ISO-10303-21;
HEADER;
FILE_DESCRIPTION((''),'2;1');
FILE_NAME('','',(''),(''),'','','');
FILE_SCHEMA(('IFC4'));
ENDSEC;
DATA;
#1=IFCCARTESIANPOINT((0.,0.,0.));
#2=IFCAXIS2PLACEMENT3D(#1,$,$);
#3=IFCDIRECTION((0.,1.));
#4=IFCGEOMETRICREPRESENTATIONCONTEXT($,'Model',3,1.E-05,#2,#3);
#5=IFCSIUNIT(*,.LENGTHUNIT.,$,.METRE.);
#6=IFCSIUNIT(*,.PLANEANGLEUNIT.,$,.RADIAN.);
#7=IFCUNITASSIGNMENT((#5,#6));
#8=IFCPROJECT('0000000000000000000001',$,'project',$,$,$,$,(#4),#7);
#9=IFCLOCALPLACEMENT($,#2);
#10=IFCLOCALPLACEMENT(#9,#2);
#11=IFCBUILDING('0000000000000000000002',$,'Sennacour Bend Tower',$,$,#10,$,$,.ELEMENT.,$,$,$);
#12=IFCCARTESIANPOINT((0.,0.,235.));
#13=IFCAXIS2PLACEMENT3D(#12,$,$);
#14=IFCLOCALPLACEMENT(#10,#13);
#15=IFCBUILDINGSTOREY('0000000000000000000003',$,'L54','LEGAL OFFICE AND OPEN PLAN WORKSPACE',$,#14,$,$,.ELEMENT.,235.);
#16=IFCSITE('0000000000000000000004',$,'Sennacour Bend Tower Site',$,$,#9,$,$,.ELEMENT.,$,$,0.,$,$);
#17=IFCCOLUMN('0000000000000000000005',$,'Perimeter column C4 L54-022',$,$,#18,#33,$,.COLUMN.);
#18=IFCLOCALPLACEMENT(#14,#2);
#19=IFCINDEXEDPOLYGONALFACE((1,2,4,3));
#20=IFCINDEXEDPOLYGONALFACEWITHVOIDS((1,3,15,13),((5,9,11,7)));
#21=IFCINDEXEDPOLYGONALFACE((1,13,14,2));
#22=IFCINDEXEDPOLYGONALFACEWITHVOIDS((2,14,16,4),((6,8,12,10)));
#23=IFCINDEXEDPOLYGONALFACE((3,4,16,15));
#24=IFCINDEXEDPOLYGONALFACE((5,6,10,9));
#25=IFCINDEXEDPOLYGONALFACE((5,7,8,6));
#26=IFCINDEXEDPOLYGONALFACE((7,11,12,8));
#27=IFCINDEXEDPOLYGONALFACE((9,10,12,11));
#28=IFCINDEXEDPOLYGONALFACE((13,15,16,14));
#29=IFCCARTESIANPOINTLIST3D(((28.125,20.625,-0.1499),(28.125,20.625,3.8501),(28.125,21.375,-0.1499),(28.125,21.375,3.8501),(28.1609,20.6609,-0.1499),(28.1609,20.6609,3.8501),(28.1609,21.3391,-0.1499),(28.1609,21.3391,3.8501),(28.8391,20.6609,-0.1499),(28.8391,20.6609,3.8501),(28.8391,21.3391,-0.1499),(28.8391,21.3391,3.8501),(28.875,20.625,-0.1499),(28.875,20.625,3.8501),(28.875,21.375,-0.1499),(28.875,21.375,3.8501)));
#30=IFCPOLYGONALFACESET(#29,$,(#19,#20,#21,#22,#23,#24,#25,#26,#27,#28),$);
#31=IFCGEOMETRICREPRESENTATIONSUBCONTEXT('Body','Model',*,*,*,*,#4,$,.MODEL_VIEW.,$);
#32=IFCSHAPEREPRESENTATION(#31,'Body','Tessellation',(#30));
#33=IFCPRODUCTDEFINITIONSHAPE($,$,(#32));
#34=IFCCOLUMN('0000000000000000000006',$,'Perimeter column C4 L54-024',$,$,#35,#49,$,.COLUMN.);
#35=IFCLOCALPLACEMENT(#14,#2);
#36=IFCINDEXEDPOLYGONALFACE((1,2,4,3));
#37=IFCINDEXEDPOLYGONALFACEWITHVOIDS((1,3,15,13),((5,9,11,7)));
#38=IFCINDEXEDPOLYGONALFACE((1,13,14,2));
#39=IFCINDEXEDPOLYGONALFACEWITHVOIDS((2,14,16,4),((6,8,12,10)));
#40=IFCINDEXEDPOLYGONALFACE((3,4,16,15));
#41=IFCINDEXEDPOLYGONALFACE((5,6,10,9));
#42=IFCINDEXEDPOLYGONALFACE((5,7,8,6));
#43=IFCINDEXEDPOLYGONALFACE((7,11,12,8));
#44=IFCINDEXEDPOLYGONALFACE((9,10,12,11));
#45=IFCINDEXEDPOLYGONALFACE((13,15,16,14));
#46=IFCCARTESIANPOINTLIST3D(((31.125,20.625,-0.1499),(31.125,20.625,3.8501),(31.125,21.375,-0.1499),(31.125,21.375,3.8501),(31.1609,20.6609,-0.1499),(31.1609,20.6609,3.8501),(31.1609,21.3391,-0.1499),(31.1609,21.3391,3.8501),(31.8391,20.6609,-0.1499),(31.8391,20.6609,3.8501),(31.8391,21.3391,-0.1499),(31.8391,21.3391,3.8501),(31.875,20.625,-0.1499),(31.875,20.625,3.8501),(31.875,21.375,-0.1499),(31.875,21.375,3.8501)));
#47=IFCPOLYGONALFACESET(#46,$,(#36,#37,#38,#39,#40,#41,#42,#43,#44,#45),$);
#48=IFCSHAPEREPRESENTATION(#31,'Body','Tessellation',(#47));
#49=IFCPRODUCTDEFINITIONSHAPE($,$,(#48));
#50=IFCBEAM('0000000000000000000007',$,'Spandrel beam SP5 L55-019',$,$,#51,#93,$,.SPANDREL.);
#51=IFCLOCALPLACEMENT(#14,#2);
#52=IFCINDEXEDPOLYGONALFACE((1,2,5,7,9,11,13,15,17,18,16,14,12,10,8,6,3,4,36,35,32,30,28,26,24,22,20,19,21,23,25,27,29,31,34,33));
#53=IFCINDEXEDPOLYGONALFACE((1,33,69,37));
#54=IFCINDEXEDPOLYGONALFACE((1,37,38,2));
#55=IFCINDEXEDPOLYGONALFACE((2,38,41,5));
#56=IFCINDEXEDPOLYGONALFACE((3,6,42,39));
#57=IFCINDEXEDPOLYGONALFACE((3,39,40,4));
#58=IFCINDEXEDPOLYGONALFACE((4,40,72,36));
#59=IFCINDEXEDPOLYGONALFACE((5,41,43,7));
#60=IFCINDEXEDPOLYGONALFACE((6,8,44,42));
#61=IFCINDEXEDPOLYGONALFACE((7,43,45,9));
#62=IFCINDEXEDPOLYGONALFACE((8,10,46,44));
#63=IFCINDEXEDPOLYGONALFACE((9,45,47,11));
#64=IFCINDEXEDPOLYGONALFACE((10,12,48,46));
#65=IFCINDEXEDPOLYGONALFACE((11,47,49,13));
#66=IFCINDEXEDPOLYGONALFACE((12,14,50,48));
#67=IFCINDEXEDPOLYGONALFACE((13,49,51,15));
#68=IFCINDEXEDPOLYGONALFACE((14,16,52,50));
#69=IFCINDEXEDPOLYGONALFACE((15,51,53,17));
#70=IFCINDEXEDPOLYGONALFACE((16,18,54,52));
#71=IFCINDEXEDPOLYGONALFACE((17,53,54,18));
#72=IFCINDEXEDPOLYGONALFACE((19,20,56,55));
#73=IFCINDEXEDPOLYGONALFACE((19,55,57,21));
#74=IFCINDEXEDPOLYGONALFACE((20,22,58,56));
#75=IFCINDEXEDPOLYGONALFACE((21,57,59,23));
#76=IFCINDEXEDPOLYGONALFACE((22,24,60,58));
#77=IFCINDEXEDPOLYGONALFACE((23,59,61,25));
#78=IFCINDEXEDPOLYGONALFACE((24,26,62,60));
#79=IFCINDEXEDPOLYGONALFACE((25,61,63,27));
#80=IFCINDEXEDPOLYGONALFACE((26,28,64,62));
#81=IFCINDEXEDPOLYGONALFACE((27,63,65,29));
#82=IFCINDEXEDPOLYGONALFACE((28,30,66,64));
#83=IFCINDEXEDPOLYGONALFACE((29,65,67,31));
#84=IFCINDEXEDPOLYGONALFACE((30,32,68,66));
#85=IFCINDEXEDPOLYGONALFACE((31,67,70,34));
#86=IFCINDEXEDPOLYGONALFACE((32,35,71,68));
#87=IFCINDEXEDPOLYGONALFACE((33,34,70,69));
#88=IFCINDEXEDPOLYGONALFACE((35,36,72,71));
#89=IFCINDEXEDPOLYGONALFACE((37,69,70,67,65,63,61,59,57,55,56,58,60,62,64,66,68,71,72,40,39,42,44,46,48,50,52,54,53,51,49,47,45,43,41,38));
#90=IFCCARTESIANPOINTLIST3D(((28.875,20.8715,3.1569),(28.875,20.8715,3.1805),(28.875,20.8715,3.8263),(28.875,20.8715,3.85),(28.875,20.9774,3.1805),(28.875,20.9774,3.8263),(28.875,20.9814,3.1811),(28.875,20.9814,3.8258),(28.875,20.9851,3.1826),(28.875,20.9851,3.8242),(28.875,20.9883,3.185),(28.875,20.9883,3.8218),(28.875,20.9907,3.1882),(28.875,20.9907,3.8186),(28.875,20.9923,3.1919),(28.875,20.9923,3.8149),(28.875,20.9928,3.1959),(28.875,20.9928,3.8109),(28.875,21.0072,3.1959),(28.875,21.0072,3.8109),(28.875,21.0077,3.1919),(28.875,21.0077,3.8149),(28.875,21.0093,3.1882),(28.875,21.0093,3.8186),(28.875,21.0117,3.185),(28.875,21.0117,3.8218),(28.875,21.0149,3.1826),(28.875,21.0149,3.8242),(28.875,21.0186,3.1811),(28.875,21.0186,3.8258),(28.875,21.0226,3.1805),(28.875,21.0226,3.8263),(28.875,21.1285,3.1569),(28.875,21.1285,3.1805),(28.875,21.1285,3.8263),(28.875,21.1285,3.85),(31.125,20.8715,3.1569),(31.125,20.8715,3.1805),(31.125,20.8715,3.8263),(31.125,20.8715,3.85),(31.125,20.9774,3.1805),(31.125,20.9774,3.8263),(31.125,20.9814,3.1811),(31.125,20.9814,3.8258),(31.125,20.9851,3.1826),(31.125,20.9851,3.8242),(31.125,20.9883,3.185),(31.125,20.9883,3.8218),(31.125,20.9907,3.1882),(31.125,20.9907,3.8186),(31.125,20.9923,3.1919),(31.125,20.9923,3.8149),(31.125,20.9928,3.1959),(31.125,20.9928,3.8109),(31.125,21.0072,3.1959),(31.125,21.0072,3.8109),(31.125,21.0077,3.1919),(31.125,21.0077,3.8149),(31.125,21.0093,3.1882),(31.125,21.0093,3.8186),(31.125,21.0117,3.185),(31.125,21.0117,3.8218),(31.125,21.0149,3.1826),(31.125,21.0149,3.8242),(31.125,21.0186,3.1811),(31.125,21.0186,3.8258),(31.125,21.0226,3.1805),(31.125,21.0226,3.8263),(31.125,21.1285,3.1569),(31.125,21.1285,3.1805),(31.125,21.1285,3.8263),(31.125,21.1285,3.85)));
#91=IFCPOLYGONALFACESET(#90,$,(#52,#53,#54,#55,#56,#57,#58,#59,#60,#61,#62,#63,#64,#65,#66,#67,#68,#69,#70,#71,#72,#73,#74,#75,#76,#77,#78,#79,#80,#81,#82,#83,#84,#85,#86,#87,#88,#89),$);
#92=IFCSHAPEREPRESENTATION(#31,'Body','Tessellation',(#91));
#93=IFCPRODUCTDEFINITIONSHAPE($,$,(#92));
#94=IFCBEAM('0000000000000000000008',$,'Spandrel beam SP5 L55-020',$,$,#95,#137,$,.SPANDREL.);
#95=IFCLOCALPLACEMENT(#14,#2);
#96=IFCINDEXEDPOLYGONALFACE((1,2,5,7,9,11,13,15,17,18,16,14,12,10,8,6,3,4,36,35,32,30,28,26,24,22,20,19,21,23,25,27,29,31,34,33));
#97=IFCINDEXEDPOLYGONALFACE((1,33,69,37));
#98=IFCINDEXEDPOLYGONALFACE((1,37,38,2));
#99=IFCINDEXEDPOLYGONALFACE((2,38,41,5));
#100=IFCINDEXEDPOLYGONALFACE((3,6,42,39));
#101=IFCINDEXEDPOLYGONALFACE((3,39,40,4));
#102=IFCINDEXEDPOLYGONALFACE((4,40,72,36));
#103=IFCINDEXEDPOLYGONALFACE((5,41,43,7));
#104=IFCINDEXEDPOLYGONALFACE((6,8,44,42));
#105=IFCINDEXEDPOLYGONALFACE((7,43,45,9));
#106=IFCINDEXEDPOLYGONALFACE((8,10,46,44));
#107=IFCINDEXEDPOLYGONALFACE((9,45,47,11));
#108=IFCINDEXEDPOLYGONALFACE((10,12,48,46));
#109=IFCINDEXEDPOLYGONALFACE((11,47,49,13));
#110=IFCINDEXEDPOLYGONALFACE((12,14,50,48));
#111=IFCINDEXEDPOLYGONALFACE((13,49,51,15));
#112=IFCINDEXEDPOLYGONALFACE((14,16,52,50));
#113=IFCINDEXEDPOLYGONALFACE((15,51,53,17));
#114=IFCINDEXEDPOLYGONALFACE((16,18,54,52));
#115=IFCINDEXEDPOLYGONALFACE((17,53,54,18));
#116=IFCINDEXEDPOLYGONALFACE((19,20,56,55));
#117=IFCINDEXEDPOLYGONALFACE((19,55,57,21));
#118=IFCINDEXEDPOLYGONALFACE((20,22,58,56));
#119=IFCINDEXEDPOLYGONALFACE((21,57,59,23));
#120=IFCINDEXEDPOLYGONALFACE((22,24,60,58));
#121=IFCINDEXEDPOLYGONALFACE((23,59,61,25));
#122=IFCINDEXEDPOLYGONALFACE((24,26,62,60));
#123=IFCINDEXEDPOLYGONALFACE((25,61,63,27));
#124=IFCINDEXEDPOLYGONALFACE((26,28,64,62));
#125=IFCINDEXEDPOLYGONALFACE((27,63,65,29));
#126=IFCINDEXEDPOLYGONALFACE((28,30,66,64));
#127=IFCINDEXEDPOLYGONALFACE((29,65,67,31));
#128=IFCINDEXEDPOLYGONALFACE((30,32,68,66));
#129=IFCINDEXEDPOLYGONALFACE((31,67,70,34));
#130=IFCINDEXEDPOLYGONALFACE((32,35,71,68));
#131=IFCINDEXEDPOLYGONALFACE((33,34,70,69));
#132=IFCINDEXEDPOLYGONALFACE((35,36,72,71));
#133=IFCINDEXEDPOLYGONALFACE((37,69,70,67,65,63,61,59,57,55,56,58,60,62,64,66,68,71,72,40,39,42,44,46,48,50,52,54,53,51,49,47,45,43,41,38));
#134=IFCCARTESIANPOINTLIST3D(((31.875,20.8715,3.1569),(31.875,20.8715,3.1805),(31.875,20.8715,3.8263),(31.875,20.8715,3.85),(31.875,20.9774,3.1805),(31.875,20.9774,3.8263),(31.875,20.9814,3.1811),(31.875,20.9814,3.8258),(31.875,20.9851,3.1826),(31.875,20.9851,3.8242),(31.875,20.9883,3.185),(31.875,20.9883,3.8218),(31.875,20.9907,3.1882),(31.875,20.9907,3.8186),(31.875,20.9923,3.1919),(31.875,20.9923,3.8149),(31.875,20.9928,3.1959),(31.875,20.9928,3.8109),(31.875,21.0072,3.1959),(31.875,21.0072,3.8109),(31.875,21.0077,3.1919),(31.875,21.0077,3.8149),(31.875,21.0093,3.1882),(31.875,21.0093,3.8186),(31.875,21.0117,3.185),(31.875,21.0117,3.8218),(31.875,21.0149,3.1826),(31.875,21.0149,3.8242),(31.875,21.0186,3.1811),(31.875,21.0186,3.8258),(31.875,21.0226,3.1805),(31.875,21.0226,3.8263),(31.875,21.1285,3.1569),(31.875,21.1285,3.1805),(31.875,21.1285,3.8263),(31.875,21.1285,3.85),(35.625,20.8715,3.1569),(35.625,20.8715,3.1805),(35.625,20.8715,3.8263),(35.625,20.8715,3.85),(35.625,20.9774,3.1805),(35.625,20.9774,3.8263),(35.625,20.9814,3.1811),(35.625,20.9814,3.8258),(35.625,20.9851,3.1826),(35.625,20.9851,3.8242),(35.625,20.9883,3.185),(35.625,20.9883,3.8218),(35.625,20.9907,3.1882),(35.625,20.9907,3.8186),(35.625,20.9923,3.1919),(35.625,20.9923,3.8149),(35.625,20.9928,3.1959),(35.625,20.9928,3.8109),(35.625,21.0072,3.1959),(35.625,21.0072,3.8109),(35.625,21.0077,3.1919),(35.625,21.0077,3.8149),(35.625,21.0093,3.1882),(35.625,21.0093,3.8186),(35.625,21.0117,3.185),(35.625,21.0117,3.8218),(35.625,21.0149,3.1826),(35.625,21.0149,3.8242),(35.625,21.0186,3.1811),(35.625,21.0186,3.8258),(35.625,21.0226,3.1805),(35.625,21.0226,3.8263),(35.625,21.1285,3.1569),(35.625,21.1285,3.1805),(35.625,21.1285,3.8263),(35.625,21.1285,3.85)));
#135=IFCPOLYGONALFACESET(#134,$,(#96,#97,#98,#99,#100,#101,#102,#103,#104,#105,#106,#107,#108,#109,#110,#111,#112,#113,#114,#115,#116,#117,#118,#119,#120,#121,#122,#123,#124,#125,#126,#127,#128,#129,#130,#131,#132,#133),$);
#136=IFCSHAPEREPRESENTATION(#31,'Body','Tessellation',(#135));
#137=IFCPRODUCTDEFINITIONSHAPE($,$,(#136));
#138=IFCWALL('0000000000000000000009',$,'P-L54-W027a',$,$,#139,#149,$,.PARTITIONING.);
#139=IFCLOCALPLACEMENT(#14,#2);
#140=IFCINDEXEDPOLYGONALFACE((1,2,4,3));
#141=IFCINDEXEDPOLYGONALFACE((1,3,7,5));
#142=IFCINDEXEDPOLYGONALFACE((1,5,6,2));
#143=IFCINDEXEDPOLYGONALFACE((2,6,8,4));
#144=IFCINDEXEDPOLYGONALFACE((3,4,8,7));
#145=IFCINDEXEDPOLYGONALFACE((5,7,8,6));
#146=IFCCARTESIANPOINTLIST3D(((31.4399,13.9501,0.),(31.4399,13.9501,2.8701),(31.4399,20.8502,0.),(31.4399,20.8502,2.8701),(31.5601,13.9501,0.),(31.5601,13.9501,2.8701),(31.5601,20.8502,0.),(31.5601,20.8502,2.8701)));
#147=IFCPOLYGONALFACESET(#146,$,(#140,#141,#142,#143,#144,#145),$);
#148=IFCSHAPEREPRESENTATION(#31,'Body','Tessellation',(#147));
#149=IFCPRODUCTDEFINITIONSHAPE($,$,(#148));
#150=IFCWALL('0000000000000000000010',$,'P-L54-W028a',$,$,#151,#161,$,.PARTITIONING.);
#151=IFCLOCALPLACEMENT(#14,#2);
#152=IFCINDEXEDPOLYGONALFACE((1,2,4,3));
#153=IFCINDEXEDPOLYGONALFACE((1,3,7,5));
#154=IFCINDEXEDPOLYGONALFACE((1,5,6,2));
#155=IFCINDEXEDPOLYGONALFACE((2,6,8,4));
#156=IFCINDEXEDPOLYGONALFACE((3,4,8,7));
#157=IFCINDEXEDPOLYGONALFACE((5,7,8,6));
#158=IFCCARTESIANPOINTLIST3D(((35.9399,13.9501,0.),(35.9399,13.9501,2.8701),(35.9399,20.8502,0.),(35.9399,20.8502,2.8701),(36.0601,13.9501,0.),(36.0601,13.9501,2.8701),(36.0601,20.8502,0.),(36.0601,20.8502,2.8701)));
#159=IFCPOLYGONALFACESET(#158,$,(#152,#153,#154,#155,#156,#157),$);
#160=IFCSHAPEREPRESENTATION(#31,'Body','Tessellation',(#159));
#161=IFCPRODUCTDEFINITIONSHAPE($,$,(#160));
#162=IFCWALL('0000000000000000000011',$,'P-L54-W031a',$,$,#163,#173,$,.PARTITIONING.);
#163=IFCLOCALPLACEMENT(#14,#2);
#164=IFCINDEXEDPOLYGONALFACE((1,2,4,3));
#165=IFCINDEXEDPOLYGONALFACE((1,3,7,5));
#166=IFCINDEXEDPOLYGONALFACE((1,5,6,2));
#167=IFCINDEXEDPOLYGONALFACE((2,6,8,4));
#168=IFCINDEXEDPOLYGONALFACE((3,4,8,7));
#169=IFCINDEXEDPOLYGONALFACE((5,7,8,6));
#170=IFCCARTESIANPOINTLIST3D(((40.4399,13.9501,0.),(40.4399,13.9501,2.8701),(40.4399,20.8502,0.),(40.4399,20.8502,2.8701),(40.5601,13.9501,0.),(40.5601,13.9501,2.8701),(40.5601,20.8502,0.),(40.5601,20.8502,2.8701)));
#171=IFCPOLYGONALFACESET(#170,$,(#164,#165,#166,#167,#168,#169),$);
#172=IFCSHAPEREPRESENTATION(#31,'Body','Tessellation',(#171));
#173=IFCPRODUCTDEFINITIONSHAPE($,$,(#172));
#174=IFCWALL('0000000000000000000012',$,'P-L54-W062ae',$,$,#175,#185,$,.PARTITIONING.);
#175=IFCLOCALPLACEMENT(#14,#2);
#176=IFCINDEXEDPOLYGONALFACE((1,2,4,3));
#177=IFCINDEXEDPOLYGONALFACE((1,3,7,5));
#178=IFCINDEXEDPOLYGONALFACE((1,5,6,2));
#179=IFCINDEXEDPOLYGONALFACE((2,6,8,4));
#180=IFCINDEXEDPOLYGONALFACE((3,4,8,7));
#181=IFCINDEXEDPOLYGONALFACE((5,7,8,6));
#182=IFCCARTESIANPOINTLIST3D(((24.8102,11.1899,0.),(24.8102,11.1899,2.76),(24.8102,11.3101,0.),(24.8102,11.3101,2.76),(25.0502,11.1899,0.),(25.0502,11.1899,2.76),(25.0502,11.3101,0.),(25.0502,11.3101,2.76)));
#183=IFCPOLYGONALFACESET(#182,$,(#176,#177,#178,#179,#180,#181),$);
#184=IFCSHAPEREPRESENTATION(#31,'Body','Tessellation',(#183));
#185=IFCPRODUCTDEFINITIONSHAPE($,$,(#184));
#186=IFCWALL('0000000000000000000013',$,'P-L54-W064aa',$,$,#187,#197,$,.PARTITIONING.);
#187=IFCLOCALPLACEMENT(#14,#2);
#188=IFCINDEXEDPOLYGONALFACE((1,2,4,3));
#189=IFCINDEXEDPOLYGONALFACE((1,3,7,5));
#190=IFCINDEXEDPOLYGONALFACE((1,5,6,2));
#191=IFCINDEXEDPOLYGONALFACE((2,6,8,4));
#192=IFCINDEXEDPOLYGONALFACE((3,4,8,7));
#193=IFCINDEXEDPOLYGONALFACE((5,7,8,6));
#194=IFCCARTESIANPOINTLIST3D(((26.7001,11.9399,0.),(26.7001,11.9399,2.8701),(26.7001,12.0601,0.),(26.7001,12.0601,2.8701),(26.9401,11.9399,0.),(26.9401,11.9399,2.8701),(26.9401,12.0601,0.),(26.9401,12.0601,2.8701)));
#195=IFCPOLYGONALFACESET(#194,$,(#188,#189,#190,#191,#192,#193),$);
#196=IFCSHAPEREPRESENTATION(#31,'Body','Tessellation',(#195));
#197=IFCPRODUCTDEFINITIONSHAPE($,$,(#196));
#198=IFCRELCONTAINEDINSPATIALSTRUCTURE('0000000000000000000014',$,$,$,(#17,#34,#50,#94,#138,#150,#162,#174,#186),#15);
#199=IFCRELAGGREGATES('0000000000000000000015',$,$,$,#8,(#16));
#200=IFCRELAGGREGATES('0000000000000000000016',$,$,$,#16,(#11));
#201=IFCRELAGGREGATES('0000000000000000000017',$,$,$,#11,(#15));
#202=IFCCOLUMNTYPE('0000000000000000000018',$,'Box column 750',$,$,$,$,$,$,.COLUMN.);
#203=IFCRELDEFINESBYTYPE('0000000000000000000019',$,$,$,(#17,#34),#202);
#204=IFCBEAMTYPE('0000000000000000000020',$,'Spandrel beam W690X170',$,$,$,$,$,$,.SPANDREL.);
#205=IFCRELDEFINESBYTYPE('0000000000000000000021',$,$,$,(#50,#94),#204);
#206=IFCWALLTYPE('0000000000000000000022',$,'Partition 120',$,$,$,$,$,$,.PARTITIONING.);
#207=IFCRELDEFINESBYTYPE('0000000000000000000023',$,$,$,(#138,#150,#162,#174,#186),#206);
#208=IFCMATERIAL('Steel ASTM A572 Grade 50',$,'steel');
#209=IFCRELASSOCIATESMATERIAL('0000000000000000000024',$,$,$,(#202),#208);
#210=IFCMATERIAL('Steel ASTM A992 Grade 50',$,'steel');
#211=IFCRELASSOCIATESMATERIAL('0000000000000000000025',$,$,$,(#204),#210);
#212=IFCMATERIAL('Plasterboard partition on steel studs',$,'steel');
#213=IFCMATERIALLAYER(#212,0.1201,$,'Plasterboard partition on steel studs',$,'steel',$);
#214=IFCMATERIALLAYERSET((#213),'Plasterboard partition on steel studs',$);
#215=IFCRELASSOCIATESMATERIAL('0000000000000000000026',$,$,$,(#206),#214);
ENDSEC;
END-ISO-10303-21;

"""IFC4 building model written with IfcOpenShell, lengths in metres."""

from ifc_helpers import new_model, si_unit, direction, frame, frame_2d, origin, origin_2d, place, context, subcontext, project, spatial, rectangle, hollow_rectangle, i_section, extrude, material, layer, layer_set, material_profile, profile_set, type_object, element, save


model = new_model("IFC4")

# Units and contexts
model_context = context("Model", 3, precision=1e-05, world=origin(), true_north=direction((0.0, 1.0)))
body_context = subcontext(model_context, "Body", "Model", "MODEL_VIEW")
ifc_project = project(units=[si_unit("LENGTHUNIT", "METRE"), si_unit("PLANEANGLEUNIT", "RADIAN")], contexts=[model_context])

# Site, building, storey
site_placement = place(None, origin())
site = spatial("IfcSite", under=ifc_project, at=site_placement, Name="Sennacour Bend Tower Site", CompositionType="ELEMENT", RefElevation=0.0)
building_placement = place(site_placement, origin())
building = spatial("IfcBuilding", under=site, at=building_placement, Name="Sennacour Bend Tower", CompositionType="ELEMENT")
storey_placement = place(building_placement, frame((0.0, 0.0, 235.0)))
storey = spatial("IfcBuildingStorey", under=building, at=storey_placement, Name="L54", Description="LEGAL OFFICE AND OPEN PLAN WORKSPACE", CompositionType="ELEMENT", Elevation=235.0)

# Columns
ifc_material_1 = material(Name="Steel ASTM A572 Grade 50", Category="steel")
ifc_material_profile_1 = material_profile(ifc_material_1, hollow_rectangle(XDim=0.75, YDim=0.75, WallThickness=0.0359, at=origin_2d()), Name="Steel ASTM A572 Grade 50", Category="steel")
ifc_profile_set_1 = profile_set([ifc_material_profile_1], Name="Steel ASTM A572 Grade 50")
column_type = type_object("IfcColumnType", Name="Box column 750", PredefinedType="COLUMN", material=ifc_profile_set_1)
for number, where, z_axis, x_axis, name in (
    (1, (28.5, 21.0, -0.1499), (0.0, 0.0, 1.0), (1.0, 0.0, 0.0), "Perimeter column C4 L54-022"),
    (2, (31.5, 21.0, -0.1499), (0.0, 0.0, 1.0), (1.0, 0.0, 0.0), "Perimeter column C4 L54-024"),
):
    element("IfcColumn", number, at=place(storey_placement, frame(where, z_axis=z_axis, x_axis=x_axis)), inside=storey, type_object=column_type, Name=name, PredefinedType="COLUMN", context=body_context, shape_type="SweptSolid", body=[
        extrude(hollow_rectangle(XDim=0.75, YDim=0.75, WallThickness=0.0359, at=origin_2d()), origin(), (0.0, 0.0, 1.0), 4.0),
    ])

# Beams
ifc_material_2 = material(Name="Steel ASTM A992 Grade 50", Category="steel")
ifc_material_profile_2 = material_profile(ifc_material_2, i_section(OverallWidth=0.2571, OverallDepth=0.6931, WebThickness=0.0144, FlangeThickness=0.0237, FilletRadius=0.0154, at=origin_2d()), Name="Steel ASTM A992 Grade 50", Category="steel")
ifc_profile_set_2 = profile_set([ifc_material_profile_2], Name="Steel ASTM A992 Grade 50")
beam_type = type_object("IfcBeamType", Name="Spandrel beam W690X170", PredefinedType="SPANDREL", material=ifc_profile_set_2)
beam_1_placement = place(storey_placement, frame((28.875, 21.0, 3.5034), z_axis=(1.0, 0.0, 0.0), x_axis=(0.0, 1.0, 0.0)))
element("IfcBeam", 3, at=beam_1_placement, inside=storey, type_object=beam_type, Name="Spandrel beam SP5 L55-019", PredefinedType="SPANDREL", context=body_context, shape_type="SweptSolid", body=[
    extrude(i_section(OverallWidth=0.2571, OverallDepth=0.6931, WebThickness=0.0144, FlangeThickness=0.0237, FilletRadius=0.0154, at=origin_2d()), origin(), (0.0, 0.0, 1.0), 2.25),
])
beam_2_placement = place(storey_placement, frame((31.875, 21.0, 3.5034), z_axis=(1.0, 0.0, 0.0), x_axis=(0.0, 1.0, 0.0)))
element("IfcBeam", 4, at=beam_2_placement, inside=storey, type_object=beam_type, Name="Spandrel beam SP5 L55-020", PredefinedType="SPANDREL", context=body_context, shape_type="SweptSolid", body=[
    extrude(i_section(OverallWidth=0.2571, OverallDepth=0.6931, WebThickness=0.0144, FlangeThickness=0.0237, FilletRadius=0.0154, at=origin_2d()), origin(), (0.0, 0.0, 1.0), 3.75),
])

# Walls
ifc_material_3 = material(Name="Plasterboard partition on steel studs", Category="steel")
ifc_layer_1 = layer(ifc_material_3, 0.1201, Name="Plasterboard partition on steel studs", Category="steel")
ifc_layer_set_1 = layer_set([ifc_layer_1], Name="Plasterboard partition on steel studs")
wall_type_1 = type_object("IfcWallType", Name="Partition 120", PredefinedType="PARTITIONING", material=ifc_layer_set_1)
for number, where, z_axis, x_axis, name in (
    (5, (31.5, 13.95, 0.0), (0.0, 0.0, 1.0), (0.0, 1.0, 0.0), "P-L54-W027a"),
    (6, (36.0, 13.95, 0.0), (0.0, 0.0, 1.0), (0.0, 1.0, 0.0), "P-L54-W028a"),
    (7, (40.5, 13.95, 0.0), (0.0, 0.0, 1.0), (0.0, 1.0, 0.0), "P-L54-W031a"),
):
    element("IfcWall", number, at=place(storey_placement, frame(where, z_axis=z_axis, x_axis=x_axis)), inside=storey, type_object=wall_type_1, Name=name, PredefinedType="PARTITIONING", context=body_context, shape_type="SweptSolid", body=[
        extrude(rectangle(XDim=6.9001, YDim=0.1201, at=frame_2d((3.4502, 0.0))), origin(), (0.0, 0.0, 1.0), 2.8701),
    ])
wall_1_placement = place(storey_placement, frame((24.8101, 11.25, 0.0), z_axis=(0.0, 0.0, 1.0), x_axis=(1.0, 0.0, 0.0)))
element("IfcWall", 8, at=wall_1_placement, inside=storey, type_object=wall_type_1, Name="P-L54-W062ae", PredefinedType="PARTITIONING", context=body_context, shape_type="SweptSolid", body=[
    extrude(rectangle(XDim=0.24, YDim=0.1201, at=frame_2d((0.1201, 0.0))), origin(), (0.0, 0.0, 1.0), 2.76),
])
wall_2_placement = place(storey_placement, frame((26.7, 12.0, 0.0), z_axis=(0.0, 0.0, 1.0), x_axis=(1.0, 0.0, 0.0)))
element("IfcWall", 9, at=wall_2_placement, inside=storey, type_object=wall_type_1, Name="P-L54-W064aa", PredefinedType="PARTITIONING", context=body_context, shape_type="SweptSolid", body=[
    extrude(rectangle(XDim=0.24, YDim=0.1201, at=frame_2d((0.1201, 0.0))), origin(), (0.0, 0.0, 1.0), 2.8701),
])

save(model, "model.ifc")
